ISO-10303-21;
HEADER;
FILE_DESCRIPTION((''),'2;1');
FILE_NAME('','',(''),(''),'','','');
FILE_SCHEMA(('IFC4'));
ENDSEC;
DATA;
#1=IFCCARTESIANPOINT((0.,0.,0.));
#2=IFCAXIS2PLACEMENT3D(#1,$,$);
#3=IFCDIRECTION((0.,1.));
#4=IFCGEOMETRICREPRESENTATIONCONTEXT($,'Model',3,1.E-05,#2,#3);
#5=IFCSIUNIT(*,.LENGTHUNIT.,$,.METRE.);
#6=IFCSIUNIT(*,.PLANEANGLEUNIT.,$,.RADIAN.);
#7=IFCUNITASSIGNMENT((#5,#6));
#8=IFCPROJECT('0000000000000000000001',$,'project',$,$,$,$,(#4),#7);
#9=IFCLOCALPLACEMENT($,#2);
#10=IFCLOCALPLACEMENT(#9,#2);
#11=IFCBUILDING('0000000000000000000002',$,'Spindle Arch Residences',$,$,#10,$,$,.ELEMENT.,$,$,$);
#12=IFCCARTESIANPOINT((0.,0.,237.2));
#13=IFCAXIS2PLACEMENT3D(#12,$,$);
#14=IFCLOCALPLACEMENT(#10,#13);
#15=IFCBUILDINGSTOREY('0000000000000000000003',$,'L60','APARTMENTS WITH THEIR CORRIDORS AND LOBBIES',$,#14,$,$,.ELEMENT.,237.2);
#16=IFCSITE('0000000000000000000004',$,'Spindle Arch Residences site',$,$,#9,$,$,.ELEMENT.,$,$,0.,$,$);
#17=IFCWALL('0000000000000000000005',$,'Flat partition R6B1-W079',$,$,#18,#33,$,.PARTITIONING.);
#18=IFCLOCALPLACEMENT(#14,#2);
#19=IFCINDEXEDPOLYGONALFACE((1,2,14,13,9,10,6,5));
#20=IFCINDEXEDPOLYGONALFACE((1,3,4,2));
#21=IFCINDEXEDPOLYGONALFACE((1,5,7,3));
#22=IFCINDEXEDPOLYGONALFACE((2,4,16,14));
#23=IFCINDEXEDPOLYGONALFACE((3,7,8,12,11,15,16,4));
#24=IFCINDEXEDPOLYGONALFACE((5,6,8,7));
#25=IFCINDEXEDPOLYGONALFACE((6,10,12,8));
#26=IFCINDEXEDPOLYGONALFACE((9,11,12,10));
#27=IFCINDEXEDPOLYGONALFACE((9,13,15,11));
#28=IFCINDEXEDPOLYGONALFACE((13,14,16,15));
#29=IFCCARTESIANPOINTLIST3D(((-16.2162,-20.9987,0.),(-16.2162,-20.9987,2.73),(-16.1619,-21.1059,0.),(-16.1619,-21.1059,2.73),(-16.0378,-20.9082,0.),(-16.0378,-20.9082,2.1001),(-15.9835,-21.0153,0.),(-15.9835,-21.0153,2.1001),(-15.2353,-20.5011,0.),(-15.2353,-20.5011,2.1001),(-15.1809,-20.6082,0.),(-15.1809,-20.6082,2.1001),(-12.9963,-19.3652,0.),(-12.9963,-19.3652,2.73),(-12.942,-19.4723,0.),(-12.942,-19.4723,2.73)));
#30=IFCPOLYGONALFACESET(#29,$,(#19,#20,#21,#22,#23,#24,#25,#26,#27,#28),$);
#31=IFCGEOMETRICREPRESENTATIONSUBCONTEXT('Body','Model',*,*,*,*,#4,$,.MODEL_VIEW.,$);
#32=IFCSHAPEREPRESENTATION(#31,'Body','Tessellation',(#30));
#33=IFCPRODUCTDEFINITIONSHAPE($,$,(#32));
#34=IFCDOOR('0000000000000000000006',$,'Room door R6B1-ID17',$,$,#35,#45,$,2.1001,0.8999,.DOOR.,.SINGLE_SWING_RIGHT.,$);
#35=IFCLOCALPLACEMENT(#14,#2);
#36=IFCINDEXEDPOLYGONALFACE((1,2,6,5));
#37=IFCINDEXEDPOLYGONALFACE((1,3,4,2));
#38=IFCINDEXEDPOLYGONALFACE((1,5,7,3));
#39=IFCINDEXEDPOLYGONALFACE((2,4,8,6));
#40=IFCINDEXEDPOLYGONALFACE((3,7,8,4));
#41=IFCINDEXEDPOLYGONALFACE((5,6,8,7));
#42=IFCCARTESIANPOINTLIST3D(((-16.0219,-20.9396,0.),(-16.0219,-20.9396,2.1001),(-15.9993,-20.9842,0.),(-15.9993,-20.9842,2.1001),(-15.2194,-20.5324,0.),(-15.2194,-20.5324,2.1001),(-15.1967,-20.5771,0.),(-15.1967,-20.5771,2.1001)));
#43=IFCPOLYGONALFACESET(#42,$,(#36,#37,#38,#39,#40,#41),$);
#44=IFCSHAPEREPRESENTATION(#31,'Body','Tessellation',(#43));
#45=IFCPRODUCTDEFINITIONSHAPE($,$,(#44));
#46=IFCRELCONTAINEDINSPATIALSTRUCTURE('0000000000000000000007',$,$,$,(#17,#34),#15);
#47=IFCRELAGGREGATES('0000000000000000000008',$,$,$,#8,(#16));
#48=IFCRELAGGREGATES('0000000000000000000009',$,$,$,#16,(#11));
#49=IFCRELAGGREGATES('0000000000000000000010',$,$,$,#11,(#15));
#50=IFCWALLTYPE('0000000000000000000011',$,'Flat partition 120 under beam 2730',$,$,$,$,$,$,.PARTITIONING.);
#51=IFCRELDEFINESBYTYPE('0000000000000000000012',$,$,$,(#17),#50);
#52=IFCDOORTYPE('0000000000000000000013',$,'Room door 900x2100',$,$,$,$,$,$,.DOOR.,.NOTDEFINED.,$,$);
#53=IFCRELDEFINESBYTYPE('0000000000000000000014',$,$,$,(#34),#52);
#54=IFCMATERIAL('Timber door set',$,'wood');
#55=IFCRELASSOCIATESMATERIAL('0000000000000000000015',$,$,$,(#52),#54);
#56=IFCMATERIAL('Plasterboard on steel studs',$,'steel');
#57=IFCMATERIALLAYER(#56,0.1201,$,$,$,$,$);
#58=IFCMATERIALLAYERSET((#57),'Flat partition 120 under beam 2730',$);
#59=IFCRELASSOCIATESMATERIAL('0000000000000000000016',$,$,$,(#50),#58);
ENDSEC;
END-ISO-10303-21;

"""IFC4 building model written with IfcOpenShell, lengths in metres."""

from ifc_helpers import new_model, si_unit, direction, frame, frame_2d, origin, place, context, subcontext, project, spatial, rectangle, extrude, material, layer, layer_set, type_object, element, fill, save


model = new_model("IFC4")

# Units and contexts
model_context = context("Model", 3, precision=1e-05, world=origin(), true_north=direction((0.0, 1.0)))
body_context = subcontext(model_context, "Body", "Model", "MODEL_VIEW")
ifc_project = project(units=[si_unit("LENGTHUNIT", "METRE"), si_unit("PLANEANGLEUNIT", "RADIAN")], contexts=[model_context])

# Site, building, storey
site_placement = place(None, origin())
site = spatial("IfcSite", under=ifc_project, at=site_placement, Name="Spindle Arch Residences site", CompositionType="ELEMENT", RefElevation=0.0)
building_placement = place(site_placement, origin())
building = spatial("IfcBuilding", under=site, at=building_placement, Name="Spindle Arch Residences", CompositionType="ELEMENT")
storey_placement = place(building_placement, frame((0.0, 0.0, 237.2)))
storey = spatial("IfcBuildingStorey", under=building, at=storey_placement, Name="L60", Description="APARTMENTS WITH THEIR CORRIDORS AND LOBBIES", CompositionType="ELEMENT", Elevation=237.2)

# Shared definitions
ifc_material_1 = material(Name="Timber door set", Category="wood")
door_type = type_object("IfcDoorType", Name="Room door 900x2100", OperationType="NOTDEFINED", PredefinedType="DOOR", material=ifc_material_1)

# Wall, opening, door
ifc_material_2 = material(Name="Plasterboard on steel studs", Category="steel")
ifc_layer_1 = layer(ifc_material_2, 0.1201)
ifc_layer_set_1 = layer_set([ifc_layer_1], Name="Flat partition 120 under beam 2730")
wall_type_1 = type_object("IfcWallType", Name="Flat partition 120 under beam 2730", PredefinedType="PARTITIONING", material=ifc_layer_set_1)
wall_1_placement = place(storey_placement, frame((-16.189, -21.0522, 0.0), z_axis=(0.0, 0.0, 1.0), x_axis=(0.891802, 0.452426, 0.0)))
wall_1 = element("IfcWall", 1, at=wall_1_placement, inside=storey, type_object=wall_type_1, Name="Flat partition R6B1-W079", PredefinedType="PARTITIONING", context=body_context, shape_type="SweptSolid", body=[
    extrude(rectangle(XDim=3.6106, YDim=0.1201, at=frame_2d((1.8052, 0.0))), origin(), (0.0, 0.0, 1.0), 2.73),
])
opening_1_placement = place(wall_1_placement, frame((0.2, 0.0, 0.0)))
opening_1 = element("IfcOpeningElement", 2, at=opening_1_placement, cuts=wall_1, PredefinedType="OPENING", context=body_context, shape_type="SweptSolid", body=[
    extrude(rectangle(XDim=0.8999, YDim=2.1001, at=frame_2d((0.45, 1.05))), frame((0.0, 0.0701, 0.0), z_axis=(0.0, -1.0, 0.0), x_axis=(1.0, 0.0, 0.0)), (0.0, 0.0, 1.0), 0.1401),
])
door_1_placement = place(opening_1_placement, origin())
door_1 = element("IfcDoor", 3, at=door_1_placement, inside=storey, type_object=door_type, Name="Room door R6B1-ID17", OperationType="SINGLE_SWING_RIGHT", OverallHeight=2.1001, OverallWidth=0.8999, PredefinedType="DOOR", context=body_context, shape_type="SweptSolid", body=[
    extrude(rectangle(XDim=0.8999, YDim=2.1001, at=frame_2d((0.45, 1.05))), frame((0.0, 0.0249, 0.0), z_axis=(0.0, -1.0, 0.0), x_axis=(1.0, 0.0, 0.0)), (0.0, 0.0, 1.0), 0.05),
])
fill(opening_1, door_1)

save(model, "model.ifc")
